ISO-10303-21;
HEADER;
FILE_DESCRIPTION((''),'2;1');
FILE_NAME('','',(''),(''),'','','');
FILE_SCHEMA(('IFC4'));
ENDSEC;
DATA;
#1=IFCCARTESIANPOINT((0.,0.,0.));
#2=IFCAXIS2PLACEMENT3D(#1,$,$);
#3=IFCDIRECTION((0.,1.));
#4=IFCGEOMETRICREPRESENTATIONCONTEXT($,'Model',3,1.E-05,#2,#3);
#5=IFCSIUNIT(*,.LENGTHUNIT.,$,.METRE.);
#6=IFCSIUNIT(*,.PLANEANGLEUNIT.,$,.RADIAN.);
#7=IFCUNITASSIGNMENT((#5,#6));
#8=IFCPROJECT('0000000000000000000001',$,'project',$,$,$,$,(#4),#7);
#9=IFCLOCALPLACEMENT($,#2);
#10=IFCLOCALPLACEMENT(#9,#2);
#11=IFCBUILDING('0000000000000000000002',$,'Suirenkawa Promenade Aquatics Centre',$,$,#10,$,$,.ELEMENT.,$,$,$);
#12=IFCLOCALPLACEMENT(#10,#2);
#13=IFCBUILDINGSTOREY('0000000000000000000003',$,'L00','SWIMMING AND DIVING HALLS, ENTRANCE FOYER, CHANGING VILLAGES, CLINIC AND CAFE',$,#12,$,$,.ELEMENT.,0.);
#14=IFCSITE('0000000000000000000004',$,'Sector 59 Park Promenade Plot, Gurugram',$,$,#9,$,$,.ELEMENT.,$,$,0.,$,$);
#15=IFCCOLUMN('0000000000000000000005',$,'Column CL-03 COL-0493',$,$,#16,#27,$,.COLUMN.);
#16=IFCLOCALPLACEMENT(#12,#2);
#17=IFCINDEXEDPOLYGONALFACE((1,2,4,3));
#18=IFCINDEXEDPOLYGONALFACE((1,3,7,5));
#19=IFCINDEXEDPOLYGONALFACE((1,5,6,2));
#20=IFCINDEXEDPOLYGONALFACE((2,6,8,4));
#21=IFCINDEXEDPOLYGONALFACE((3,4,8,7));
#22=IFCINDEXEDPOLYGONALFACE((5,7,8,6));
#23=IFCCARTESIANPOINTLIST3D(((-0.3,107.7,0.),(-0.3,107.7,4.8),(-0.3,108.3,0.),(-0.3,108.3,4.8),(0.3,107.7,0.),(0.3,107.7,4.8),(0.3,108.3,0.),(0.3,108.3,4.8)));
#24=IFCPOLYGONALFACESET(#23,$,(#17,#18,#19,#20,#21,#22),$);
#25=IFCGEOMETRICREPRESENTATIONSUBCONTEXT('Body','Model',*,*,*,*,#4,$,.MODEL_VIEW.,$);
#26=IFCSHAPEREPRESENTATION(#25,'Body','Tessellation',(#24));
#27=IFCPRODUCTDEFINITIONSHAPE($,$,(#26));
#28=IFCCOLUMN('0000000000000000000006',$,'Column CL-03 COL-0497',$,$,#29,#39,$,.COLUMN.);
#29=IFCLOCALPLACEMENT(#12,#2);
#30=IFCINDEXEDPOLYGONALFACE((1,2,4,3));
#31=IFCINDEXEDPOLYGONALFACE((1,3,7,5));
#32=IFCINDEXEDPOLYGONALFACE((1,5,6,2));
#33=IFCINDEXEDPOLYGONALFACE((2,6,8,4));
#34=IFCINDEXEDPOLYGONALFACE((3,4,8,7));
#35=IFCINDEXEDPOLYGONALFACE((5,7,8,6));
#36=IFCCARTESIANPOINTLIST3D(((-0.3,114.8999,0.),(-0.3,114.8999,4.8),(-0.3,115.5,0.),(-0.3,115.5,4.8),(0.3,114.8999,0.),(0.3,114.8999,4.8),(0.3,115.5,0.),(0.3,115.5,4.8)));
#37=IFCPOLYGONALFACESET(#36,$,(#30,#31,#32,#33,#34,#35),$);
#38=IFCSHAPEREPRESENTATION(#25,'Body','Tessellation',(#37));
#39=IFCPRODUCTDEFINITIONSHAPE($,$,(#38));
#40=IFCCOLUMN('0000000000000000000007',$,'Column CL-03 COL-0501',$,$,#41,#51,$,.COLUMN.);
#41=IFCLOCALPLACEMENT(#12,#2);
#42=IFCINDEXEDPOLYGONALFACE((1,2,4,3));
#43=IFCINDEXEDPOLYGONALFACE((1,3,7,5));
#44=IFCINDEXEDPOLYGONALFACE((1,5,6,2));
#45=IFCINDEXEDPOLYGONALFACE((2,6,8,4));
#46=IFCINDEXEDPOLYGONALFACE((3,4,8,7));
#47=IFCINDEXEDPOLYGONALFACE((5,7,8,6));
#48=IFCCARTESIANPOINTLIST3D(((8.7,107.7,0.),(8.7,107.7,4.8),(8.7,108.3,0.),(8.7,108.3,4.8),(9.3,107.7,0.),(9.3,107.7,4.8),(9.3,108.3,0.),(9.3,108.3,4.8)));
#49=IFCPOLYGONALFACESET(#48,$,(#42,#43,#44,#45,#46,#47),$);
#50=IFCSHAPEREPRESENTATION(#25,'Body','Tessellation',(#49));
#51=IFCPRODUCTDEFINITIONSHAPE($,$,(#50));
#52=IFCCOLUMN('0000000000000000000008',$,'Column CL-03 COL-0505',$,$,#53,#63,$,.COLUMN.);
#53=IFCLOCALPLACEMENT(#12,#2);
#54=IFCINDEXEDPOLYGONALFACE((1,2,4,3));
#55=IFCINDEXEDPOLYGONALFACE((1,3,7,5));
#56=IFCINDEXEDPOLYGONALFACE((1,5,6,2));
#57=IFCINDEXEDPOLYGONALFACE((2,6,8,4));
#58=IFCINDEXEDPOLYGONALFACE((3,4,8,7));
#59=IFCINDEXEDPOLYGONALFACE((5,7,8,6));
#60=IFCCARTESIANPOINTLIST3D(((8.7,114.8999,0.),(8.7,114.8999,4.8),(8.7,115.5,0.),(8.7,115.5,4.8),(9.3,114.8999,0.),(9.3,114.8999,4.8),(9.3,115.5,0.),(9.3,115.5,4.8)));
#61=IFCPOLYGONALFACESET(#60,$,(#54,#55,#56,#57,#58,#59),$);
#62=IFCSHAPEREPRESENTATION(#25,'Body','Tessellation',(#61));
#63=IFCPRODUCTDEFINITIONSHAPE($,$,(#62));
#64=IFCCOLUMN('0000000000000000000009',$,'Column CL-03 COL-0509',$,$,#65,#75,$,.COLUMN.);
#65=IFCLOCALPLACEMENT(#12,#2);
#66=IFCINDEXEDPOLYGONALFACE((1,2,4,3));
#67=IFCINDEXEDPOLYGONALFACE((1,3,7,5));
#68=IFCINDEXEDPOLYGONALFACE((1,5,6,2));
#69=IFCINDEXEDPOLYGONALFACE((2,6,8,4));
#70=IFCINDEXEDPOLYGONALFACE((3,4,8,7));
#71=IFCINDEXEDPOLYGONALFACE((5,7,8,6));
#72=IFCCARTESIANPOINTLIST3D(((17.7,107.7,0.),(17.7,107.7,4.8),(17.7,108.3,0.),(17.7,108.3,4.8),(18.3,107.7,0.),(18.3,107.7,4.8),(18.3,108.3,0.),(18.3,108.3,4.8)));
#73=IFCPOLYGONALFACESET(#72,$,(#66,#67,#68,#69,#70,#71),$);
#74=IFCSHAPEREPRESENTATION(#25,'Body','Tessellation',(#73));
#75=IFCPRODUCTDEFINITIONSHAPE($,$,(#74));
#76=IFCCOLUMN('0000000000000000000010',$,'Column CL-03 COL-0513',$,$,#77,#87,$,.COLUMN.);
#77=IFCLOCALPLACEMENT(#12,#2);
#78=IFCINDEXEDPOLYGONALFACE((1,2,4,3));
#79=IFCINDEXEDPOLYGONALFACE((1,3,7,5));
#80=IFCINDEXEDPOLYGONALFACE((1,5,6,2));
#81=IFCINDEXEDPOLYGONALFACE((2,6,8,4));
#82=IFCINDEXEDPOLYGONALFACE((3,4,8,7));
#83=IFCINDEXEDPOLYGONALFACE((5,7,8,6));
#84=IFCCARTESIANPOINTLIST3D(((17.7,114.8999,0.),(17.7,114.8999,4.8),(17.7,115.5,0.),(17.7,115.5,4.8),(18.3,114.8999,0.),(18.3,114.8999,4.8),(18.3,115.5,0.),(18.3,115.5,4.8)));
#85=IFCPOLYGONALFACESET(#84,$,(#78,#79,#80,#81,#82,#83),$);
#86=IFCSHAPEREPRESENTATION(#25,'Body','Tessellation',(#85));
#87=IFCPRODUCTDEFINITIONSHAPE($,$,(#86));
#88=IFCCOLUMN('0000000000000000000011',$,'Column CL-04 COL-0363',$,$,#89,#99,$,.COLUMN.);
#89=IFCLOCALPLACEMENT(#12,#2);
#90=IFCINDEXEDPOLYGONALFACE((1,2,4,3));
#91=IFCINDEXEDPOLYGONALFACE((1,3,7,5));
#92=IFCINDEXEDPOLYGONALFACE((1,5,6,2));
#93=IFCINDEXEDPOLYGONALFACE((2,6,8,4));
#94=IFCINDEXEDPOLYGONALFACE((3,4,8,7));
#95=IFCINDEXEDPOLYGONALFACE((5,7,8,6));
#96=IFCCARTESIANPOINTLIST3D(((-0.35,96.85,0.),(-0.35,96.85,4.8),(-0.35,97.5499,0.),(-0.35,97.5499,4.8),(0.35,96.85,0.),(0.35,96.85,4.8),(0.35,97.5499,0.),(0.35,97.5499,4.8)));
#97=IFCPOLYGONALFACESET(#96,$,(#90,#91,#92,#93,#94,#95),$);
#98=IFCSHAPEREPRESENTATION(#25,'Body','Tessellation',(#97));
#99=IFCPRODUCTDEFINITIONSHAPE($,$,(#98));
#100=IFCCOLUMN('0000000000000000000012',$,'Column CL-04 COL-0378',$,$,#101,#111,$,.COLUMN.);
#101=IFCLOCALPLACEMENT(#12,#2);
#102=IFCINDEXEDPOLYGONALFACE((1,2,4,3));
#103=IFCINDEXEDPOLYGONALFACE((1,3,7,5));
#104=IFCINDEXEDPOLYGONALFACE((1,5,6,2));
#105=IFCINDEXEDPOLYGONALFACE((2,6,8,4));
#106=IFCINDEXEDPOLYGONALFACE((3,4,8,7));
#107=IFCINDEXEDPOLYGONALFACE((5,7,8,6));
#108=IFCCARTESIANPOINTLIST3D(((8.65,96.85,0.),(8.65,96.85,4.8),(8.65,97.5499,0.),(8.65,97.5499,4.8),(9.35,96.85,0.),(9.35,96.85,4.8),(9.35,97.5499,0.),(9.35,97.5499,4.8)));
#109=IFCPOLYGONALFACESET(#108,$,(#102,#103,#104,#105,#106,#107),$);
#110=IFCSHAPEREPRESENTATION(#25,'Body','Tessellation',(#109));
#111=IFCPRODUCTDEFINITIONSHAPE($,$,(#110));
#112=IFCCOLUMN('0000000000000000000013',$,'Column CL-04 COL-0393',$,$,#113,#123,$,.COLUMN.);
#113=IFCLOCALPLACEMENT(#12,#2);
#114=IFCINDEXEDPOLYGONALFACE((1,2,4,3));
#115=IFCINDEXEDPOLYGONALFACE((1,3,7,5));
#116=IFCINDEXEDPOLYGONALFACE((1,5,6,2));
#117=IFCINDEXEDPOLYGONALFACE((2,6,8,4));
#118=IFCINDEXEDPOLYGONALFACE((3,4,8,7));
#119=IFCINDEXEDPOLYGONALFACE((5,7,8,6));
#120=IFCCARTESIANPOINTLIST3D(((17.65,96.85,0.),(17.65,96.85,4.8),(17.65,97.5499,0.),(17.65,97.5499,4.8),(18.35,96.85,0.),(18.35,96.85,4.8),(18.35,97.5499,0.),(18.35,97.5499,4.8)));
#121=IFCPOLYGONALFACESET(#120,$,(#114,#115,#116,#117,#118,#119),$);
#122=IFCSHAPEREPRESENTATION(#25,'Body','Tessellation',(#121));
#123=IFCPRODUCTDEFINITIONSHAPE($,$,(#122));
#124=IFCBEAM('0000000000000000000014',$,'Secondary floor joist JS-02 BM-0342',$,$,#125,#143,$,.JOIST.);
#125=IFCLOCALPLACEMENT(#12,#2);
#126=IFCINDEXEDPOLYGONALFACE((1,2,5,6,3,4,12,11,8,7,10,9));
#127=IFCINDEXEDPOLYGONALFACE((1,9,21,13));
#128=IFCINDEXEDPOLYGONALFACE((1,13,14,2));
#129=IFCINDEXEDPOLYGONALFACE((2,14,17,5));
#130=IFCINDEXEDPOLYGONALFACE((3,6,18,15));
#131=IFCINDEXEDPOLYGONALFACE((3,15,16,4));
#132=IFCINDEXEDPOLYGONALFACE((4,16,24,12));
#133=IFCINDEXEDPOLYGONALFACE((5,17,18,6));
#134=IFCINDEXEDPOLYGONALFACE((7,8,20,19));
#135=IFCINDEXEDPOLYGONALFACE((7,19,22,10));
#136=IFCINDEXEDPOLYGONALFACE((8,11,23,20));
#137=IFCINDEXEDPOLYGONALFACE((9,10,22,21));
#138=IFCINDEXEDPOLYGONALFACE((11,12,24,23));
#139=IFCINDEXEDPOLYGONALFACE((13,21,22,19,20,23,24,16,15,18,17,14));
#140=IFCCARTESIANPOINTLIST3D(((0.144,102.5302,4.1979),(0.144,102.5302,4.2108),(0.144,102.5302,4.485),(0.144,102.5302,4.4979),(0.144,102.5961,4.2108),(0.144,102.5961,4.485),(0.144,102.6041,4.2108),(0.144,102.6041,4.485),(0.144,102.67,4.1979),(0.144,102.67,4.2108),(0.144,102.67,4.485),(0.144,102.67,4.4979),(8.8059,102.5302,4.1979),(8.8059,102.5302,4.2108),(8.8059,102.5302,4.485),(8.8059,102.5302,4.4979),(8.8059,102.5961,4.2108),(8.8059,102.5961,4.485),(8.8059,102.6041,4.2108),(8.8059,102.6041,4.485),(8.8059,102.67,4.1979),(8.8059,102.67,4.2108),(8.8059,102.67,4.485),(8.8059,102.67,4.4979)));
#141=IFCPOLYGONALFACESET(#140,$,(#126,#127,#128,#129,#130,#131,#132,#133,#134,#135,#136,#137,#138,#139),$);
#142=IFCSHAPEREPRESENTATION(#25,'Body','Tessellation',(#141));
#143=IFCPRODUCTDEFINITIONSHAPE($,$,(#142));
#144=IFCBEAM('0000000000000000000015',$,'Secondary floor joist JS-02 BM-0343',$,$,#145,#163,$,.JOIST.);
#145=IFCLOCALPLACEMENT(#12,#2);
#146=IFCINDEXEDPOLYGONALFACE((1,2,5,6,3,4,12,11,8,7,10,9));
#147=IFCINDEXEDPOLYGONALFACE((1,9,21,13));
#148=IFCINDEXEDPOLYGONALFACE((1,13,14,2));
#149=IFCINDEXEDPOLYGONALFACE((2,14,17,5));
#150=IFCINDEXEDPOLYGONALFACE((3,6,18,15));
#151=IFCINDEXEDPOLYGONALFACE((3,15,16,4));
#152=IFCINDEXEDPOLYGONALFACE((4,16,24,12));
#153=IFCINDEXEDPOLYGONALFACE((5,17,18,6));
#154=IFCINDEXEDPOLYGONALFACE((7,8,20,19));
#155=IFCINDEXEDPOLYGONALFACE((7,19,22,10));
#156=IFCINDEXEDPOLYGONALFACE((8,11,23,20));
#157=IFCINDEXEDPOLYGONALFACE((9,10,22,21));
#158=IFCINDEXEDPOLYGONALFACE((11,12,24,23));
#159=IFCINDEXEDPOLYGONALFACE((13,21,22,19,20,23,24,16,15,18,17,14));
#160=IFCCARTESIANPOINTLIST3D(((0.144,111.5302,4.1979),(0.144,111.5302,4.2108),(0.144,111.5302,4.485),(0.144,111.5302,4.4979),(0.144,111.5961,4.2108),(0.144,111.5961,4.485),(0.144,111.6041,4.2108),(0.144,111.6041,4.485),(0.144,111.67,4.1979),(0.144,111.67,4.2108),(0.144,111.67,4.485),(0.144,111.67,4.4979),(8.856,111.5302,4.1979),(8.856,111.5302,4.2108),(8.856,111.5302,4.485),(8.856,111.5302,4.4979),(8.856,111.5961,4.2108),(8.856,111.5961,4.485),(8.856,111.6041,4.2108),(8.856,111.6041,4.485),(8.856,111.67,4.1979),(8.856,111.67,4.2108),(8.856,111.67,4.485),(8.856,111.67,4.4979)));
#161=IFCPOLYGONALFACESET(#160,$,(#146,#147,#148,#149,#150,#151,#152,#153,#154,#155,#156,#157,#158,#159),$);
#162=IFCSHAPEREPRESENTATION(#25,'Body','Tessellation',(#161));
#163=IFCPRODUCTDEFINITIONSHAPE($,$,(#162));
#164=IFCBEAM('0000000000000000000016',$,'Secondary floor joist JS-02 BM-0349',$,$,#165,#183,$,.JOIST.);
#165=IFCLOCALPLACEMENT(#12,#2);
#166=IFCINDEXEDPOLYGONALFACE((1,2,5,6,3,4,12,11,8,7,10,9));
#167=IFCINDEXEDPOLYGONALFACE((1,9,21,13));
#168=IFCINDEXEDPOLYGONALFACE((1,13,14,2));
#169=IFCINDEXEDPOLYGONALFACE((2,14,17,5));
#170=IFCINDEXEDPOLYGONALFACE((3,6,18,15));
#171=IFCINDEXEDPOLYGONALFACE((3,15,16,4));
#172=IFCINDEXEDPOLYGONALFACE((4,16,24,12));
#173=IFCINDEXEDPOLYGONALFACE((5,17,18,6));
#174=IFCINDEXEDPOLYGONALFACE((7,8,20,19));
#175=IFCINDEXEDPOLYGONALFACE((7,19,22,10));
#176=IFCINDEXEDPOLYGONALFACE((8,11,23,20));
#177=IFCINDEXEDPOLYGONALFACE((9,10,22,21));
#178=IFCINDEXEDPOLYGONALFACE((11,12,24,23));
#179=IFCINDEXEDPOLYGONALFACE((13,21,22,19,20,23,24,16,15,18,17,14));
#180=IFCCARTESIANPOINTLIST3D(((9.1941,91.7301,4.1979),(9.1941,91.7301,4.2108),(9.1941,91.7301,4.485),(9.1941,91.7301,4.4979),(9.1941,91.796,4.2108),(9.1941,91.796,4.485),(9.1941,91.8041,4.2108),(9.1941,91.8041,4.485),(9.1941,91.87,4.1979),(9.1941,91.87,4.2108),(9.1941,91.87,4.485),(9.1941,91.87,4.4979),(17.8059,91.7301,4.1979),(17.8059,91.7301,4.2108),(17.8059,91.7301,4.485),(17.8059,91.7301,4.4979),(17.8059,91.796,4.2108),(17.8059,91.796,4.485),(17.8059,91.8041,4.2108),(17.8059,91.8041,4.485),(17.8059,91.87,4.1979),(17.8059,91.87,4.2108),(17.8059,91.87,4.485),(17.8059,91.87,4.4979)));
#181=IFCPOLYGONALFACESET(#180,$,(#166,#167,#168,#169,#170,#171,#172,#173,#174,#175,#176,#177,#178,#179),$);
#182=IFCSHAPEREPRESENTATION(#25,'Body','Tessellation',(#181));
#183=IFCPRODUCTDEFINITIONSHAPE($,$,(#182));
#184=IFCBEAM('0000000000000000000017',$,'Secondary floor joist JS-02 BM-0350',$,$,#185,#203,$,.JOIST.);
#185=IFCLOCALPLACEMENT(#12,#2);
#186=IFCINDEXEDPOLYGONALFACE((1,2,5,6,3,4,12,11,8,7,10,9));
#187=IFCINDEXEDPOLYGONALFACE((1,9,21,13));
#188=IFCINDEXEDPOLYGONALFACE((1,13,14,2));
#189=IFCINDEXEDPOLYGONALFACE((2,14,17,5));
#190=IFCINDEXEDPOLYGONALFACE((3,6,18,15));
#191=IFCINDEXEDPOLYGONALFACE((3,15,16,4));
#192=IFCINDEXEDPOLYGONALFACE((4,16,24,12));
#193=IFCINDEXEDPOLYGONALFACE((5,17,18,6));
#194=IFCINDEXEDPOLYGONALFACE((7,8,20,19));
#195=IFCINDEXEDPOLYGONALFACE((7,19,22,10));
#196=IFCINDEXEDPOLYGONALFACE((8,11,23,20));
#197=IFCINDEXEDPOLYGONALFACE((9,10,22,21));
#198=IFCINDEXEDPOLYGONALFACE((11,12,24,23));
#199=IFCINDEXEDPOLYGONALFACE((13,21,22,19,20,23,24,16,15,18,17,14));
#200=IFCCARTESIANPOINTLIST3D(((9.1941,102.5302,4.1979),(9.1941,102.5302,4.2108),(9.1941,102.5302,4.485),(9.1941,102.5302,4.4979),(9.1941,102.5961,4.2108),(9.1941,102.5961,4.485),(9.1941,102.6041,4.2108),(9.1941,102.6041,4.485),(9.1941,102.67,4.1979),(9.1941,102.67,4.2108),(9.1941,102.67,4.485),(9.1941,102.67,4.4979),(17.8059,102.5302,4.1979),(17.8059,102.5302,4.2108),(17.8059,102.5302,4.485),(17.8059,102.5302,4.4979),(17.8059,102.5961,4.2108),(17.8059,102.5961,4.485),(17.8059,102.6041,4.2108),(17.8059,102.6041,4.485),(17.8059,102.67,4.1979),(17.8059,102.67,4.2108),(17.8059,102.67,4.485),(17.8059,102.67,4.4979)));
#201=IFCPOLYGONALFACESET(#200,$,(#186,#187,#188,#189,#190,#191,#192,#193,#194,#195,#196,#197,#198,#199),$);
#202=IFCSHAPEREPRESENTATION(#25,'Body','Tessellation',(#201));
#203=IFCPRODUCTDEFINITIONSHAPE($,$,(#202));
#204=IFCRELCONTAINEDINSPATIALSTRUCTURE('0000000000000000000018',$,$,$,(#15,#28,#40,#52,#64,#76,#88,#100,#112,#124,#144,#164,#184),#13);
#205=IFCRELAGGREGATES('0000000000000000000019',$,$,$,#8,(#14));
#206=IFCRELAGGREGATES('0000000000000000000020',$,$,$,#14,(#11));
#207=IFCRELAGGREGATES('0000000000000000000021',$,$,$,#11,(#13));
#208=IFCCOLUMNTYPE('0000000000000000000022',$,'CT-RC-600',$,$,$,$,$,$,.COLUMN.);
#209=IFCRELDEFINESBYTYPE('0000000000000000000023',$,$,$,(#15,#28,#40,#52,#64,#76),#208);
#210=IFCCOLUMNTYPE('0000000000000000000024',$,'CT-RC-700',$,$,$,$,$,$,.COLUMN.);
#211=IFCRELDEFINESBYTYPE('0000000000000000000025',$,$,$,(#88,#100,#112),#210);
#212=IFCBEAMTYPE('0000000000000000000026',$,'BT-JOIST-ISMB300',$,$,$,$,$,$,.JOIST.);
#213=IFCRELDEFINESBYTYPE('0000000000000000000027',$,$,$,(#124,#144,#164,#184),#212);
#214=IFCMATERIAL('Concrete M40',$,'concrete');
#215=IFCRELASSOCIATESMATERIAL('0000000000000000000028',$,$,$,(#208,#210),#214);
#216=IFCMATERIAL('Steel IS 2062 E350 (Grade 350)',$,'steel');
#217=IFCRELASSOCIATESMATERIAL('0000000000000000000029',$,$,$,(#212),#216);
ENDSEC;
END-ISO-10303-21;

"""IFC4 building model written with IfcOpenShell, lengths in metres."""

from ifc_helpers import new_model, si_unit, direction, frame, origin, origin_2d, place, context, subcontext, project, spatial, rectangle, i_section, extrude, material, material_profile, profile_set, type_object, element, save


model = new_model("IFC4")

# Units and contexts
model_context = context("Model", 3, precision=1e-05, world=origin(), true_north=direction((0.0, 1.0)))
body_context = subcontext(model_context, "Body", "Model", "MODEL_VIEW")
ifc_project = project(units=[si_unit("LENGTHUNIT", "METRE"), si_unit("PLANEANGLEUNIT", "RADIAN")], contexts=[model_context])

# Site, building, storey
site_placement = place(None, origin())
site = spatial("IfcSite", under=ifc_project, at=site_placement, Name="Sector 59 Park Promenade Plot, Gurugram", CompositionType="ELEMENT", RefElevation=0.0)
building_placement = place(site_placement, origin())
building = spatial("IfcBuilding", under=site, at=building_placement, Name="Suirenkawa Promenade Aquatics Centre", CompositionType="ELEMENT")
storey_placement = place(building_placement, origin())
storey = spatial("IfcBuildingStorey", under=building, at=storey_placement, Name="L00", Description="SWIMMING AND DIVING HALLS, ENTRANCE FOYER, CHANGING VILLAGES, CLINIC AND CAFE", CompositionType="ELEMENT", Elevation=0.0)

# Columns
ifc_material_1 = material(Name="Concrete M40", Category="concrete")
ifc_material_profile_1 = material_profile(ifc_material_1, rectangle(XDim=0.6001, YDim=0.6001, at=origin_2d()), Name="RC COL 600x600", Category="concrete")
ifc_profile_set_1 = profile_set([ifc_material_profile_1], Name="Concrete M40")
column_type_1 = type_object("IfcColumnType", Name="CT-RC-600", PredefinedType="COLUMN", material=ifc_profile_set_1)
for number, where, z_axis, x_axis, name in (
    (1, (0.0, 108.0, 0.0), (0.0, 0.0, 1.0), (1.0, 0.0, 0.0), "Column CL-03 COL-0493"),
    (2, (0.0, 115.2, 0.0), (0.0, 0.0, 1.0), (1.0, 0.0, 0.0), "Column CL-03 COL-0497"),
    (3, (9.0, 108.0, 0.0), (0.0, 0.0, 1.0), (1.0, 0.0, 0.0), "Column CL-03 COL-0501"),
    (4, (9.0, 115.2, 0.0), (0.0, 0.0, 1.0), (1.0, 0.0, 0.0), "Column CL-03 COL-0505"),
    (5, (18.0, 108.0, 0.0), (0.0, 0.0, 1.0), (1.0, 0.0, 0.0), "Column CL-03 COL-0509"),
    (6, (18.0, 115.2, 0.0), (0.0, 0.0, 1.0), (1.0, 0.0, 0.0), "Column CL-03 COL-0513"),
):
    element("IfcColumn", number, at=place(storey_placement, frame(where, z_axis=z_axis, x_axis=x_axis)), inside=storey, type_object=column_type_1, Name=name, PredefinedType="COLUMN", context=body_context, shape_type="SweptSolid", body=[
        extrude(rectangle(XDim=0.6001, YDim=0.6001, at=origin_2d()), origin(), (0.0, 0.0, 1.0), 4.8),
    ])
ifc_material_profile_2 = material_profile(ifc_material_1, rectangle(XDim=0.7, YDim=0.7, at=origin_2d()), Name="RC COL 700x700", Category="concrete")
ifc_profile_set_2 = profile_set([ifc_material_profile_2], Name="Concrete M40")
column_type_2 = type_object("IfcColumnType", Name="CT-RC-700", PredefinedType="COLUMN", material=ifc_profile_set_2)
for number, where, z_axis, x_axis, name in (
    (7, (0.0, 97.2, 0.0), (0.0, 0.0, 1.0), (1.0, 0.0, 0.0), "Column CL-04 COL-0363"),
    (8, (9.0, 97.2, 0.0), (0.0, 0.0, 1.0), (1.0, 0.0, 0.0), "Column CL-04 COL-0378"),
    (9, (18.0, 97.2, 0.0), (0.0, 0.0, 1.0), (1.0, 0.0, 0.0), "Column CL-04 COL-0393"),
):
    element("IfcColumn", number, at=place(storey_placement, frame(where, z_axis=z_axis, x_axis=x_axis)), inside=storey, type_object=column_type_2, Name=name, PredefinedType="COLUMN", context=body_context, shape_type="SweptSolid", body=[
        extrude(rectangle(XDim=0.7, YDim=0.7, at=origin_2d()), origin(), (0.0, 0.0, 1.0), 4.8),
    ])

# Beams
ifc_material_2 = material(Name="Steel IS 2062 E350 (Grade 350)", Category="steel")
ifc_material_profile_3 = material_profile(ifc_material_2, i_section(OverallWidth=0.1399, OverallDepth=0.3, WebThickness=0.0081, FlangeThickness=0.0129, at=origin_2d()), Name="ISMB 300", Category="steel")
ifc_profile_set_3 = profile_set([ifc_material_profile_3], Name="Steel IS 2062 E350 (Grade 350)")
beam_type_1 = type_object("IfcBeamType", Name="BT-JOIST-ISMB300", PredefinedType="JOIST", material=ifc_profile_set_3)
beam_1_placement = place(storey_placement, frame((0.144, 102.6001, 4.3479), z_axis=(1.0, 0.0, 0.0), x_axis=(0.0, 1.0, 0.0)))
element("IfcBeam", 10, at=beam_1_placement, inside=storey, type_object=beam_type_1, Name="Secondary floor joist JS-02 BM-0342", PredefinedType="JOIST", context=body_context, shape_type="SweptSolid", body=[
    extrude(i_section(OverallWidth=0.1399, OverallDepth=0.3, WebThickness=0.0081, FlangeThickness=0.0129, at=origin_2d()), origin(), (0.0, 0.0, 1.0), 8.6619),
])
beam_2_placement = place(storey_placement, frame((0.144, 111.6001, 4.3479), z_axis=(1.0, 0.0, 0.0), x_axis=(0.0, 1.0, 0.0)))
element("IfcBeam", 11, at=beam_2_placement, inside=storey, type_object=beam_type_1, Name="Secondary floor joist JS-02 BM-0343", PredefinedType="JOIST", context=body_context, shape_type="SweptSolid", body=[
    extrude(i_section(OverallWidth=0.1399, OverallDepth=0.3, WebThickness=0.0081, FlangeThickness=0.0129, at=origin_2d()), origin(), (0.0, 0.0, 1.0), 8.7119),
])
for number, where, z_axis, x_axis, name in (
    (12, (9.1941, 91.8, 4.3479), (1.0, 0.0, 0.0), (0.0, 1.0, 0.0), "Secondary floor joist JS-02 BM-0349"),
    (13, (9.1941, 102.6001, 4.3479), (1.0, 0.0, 0.0), (0.0, 1.0, 0.0), "Secondary floor joist JS-02 BM-0350"),
):
    element("IfcBeam", number, at=place(storey_placement, frame(where, z_axis=z_axis, x_axis=x_axis)), inside=storey, type_object=beam_type_1, Name=name, PredefinedType="JOIST", context=body_context, shape_type="SweptSolid", body=[
        extrude(i_section(OverallWidth=0.1399, OverallDepth=0.3, WebThickness=0.0081, FlangeThickness=0.0129, at=origin_2d()), origin(), (0.0, 0.0, 1.0), 8.6118),
    ])

save(model, "model.ifc")
